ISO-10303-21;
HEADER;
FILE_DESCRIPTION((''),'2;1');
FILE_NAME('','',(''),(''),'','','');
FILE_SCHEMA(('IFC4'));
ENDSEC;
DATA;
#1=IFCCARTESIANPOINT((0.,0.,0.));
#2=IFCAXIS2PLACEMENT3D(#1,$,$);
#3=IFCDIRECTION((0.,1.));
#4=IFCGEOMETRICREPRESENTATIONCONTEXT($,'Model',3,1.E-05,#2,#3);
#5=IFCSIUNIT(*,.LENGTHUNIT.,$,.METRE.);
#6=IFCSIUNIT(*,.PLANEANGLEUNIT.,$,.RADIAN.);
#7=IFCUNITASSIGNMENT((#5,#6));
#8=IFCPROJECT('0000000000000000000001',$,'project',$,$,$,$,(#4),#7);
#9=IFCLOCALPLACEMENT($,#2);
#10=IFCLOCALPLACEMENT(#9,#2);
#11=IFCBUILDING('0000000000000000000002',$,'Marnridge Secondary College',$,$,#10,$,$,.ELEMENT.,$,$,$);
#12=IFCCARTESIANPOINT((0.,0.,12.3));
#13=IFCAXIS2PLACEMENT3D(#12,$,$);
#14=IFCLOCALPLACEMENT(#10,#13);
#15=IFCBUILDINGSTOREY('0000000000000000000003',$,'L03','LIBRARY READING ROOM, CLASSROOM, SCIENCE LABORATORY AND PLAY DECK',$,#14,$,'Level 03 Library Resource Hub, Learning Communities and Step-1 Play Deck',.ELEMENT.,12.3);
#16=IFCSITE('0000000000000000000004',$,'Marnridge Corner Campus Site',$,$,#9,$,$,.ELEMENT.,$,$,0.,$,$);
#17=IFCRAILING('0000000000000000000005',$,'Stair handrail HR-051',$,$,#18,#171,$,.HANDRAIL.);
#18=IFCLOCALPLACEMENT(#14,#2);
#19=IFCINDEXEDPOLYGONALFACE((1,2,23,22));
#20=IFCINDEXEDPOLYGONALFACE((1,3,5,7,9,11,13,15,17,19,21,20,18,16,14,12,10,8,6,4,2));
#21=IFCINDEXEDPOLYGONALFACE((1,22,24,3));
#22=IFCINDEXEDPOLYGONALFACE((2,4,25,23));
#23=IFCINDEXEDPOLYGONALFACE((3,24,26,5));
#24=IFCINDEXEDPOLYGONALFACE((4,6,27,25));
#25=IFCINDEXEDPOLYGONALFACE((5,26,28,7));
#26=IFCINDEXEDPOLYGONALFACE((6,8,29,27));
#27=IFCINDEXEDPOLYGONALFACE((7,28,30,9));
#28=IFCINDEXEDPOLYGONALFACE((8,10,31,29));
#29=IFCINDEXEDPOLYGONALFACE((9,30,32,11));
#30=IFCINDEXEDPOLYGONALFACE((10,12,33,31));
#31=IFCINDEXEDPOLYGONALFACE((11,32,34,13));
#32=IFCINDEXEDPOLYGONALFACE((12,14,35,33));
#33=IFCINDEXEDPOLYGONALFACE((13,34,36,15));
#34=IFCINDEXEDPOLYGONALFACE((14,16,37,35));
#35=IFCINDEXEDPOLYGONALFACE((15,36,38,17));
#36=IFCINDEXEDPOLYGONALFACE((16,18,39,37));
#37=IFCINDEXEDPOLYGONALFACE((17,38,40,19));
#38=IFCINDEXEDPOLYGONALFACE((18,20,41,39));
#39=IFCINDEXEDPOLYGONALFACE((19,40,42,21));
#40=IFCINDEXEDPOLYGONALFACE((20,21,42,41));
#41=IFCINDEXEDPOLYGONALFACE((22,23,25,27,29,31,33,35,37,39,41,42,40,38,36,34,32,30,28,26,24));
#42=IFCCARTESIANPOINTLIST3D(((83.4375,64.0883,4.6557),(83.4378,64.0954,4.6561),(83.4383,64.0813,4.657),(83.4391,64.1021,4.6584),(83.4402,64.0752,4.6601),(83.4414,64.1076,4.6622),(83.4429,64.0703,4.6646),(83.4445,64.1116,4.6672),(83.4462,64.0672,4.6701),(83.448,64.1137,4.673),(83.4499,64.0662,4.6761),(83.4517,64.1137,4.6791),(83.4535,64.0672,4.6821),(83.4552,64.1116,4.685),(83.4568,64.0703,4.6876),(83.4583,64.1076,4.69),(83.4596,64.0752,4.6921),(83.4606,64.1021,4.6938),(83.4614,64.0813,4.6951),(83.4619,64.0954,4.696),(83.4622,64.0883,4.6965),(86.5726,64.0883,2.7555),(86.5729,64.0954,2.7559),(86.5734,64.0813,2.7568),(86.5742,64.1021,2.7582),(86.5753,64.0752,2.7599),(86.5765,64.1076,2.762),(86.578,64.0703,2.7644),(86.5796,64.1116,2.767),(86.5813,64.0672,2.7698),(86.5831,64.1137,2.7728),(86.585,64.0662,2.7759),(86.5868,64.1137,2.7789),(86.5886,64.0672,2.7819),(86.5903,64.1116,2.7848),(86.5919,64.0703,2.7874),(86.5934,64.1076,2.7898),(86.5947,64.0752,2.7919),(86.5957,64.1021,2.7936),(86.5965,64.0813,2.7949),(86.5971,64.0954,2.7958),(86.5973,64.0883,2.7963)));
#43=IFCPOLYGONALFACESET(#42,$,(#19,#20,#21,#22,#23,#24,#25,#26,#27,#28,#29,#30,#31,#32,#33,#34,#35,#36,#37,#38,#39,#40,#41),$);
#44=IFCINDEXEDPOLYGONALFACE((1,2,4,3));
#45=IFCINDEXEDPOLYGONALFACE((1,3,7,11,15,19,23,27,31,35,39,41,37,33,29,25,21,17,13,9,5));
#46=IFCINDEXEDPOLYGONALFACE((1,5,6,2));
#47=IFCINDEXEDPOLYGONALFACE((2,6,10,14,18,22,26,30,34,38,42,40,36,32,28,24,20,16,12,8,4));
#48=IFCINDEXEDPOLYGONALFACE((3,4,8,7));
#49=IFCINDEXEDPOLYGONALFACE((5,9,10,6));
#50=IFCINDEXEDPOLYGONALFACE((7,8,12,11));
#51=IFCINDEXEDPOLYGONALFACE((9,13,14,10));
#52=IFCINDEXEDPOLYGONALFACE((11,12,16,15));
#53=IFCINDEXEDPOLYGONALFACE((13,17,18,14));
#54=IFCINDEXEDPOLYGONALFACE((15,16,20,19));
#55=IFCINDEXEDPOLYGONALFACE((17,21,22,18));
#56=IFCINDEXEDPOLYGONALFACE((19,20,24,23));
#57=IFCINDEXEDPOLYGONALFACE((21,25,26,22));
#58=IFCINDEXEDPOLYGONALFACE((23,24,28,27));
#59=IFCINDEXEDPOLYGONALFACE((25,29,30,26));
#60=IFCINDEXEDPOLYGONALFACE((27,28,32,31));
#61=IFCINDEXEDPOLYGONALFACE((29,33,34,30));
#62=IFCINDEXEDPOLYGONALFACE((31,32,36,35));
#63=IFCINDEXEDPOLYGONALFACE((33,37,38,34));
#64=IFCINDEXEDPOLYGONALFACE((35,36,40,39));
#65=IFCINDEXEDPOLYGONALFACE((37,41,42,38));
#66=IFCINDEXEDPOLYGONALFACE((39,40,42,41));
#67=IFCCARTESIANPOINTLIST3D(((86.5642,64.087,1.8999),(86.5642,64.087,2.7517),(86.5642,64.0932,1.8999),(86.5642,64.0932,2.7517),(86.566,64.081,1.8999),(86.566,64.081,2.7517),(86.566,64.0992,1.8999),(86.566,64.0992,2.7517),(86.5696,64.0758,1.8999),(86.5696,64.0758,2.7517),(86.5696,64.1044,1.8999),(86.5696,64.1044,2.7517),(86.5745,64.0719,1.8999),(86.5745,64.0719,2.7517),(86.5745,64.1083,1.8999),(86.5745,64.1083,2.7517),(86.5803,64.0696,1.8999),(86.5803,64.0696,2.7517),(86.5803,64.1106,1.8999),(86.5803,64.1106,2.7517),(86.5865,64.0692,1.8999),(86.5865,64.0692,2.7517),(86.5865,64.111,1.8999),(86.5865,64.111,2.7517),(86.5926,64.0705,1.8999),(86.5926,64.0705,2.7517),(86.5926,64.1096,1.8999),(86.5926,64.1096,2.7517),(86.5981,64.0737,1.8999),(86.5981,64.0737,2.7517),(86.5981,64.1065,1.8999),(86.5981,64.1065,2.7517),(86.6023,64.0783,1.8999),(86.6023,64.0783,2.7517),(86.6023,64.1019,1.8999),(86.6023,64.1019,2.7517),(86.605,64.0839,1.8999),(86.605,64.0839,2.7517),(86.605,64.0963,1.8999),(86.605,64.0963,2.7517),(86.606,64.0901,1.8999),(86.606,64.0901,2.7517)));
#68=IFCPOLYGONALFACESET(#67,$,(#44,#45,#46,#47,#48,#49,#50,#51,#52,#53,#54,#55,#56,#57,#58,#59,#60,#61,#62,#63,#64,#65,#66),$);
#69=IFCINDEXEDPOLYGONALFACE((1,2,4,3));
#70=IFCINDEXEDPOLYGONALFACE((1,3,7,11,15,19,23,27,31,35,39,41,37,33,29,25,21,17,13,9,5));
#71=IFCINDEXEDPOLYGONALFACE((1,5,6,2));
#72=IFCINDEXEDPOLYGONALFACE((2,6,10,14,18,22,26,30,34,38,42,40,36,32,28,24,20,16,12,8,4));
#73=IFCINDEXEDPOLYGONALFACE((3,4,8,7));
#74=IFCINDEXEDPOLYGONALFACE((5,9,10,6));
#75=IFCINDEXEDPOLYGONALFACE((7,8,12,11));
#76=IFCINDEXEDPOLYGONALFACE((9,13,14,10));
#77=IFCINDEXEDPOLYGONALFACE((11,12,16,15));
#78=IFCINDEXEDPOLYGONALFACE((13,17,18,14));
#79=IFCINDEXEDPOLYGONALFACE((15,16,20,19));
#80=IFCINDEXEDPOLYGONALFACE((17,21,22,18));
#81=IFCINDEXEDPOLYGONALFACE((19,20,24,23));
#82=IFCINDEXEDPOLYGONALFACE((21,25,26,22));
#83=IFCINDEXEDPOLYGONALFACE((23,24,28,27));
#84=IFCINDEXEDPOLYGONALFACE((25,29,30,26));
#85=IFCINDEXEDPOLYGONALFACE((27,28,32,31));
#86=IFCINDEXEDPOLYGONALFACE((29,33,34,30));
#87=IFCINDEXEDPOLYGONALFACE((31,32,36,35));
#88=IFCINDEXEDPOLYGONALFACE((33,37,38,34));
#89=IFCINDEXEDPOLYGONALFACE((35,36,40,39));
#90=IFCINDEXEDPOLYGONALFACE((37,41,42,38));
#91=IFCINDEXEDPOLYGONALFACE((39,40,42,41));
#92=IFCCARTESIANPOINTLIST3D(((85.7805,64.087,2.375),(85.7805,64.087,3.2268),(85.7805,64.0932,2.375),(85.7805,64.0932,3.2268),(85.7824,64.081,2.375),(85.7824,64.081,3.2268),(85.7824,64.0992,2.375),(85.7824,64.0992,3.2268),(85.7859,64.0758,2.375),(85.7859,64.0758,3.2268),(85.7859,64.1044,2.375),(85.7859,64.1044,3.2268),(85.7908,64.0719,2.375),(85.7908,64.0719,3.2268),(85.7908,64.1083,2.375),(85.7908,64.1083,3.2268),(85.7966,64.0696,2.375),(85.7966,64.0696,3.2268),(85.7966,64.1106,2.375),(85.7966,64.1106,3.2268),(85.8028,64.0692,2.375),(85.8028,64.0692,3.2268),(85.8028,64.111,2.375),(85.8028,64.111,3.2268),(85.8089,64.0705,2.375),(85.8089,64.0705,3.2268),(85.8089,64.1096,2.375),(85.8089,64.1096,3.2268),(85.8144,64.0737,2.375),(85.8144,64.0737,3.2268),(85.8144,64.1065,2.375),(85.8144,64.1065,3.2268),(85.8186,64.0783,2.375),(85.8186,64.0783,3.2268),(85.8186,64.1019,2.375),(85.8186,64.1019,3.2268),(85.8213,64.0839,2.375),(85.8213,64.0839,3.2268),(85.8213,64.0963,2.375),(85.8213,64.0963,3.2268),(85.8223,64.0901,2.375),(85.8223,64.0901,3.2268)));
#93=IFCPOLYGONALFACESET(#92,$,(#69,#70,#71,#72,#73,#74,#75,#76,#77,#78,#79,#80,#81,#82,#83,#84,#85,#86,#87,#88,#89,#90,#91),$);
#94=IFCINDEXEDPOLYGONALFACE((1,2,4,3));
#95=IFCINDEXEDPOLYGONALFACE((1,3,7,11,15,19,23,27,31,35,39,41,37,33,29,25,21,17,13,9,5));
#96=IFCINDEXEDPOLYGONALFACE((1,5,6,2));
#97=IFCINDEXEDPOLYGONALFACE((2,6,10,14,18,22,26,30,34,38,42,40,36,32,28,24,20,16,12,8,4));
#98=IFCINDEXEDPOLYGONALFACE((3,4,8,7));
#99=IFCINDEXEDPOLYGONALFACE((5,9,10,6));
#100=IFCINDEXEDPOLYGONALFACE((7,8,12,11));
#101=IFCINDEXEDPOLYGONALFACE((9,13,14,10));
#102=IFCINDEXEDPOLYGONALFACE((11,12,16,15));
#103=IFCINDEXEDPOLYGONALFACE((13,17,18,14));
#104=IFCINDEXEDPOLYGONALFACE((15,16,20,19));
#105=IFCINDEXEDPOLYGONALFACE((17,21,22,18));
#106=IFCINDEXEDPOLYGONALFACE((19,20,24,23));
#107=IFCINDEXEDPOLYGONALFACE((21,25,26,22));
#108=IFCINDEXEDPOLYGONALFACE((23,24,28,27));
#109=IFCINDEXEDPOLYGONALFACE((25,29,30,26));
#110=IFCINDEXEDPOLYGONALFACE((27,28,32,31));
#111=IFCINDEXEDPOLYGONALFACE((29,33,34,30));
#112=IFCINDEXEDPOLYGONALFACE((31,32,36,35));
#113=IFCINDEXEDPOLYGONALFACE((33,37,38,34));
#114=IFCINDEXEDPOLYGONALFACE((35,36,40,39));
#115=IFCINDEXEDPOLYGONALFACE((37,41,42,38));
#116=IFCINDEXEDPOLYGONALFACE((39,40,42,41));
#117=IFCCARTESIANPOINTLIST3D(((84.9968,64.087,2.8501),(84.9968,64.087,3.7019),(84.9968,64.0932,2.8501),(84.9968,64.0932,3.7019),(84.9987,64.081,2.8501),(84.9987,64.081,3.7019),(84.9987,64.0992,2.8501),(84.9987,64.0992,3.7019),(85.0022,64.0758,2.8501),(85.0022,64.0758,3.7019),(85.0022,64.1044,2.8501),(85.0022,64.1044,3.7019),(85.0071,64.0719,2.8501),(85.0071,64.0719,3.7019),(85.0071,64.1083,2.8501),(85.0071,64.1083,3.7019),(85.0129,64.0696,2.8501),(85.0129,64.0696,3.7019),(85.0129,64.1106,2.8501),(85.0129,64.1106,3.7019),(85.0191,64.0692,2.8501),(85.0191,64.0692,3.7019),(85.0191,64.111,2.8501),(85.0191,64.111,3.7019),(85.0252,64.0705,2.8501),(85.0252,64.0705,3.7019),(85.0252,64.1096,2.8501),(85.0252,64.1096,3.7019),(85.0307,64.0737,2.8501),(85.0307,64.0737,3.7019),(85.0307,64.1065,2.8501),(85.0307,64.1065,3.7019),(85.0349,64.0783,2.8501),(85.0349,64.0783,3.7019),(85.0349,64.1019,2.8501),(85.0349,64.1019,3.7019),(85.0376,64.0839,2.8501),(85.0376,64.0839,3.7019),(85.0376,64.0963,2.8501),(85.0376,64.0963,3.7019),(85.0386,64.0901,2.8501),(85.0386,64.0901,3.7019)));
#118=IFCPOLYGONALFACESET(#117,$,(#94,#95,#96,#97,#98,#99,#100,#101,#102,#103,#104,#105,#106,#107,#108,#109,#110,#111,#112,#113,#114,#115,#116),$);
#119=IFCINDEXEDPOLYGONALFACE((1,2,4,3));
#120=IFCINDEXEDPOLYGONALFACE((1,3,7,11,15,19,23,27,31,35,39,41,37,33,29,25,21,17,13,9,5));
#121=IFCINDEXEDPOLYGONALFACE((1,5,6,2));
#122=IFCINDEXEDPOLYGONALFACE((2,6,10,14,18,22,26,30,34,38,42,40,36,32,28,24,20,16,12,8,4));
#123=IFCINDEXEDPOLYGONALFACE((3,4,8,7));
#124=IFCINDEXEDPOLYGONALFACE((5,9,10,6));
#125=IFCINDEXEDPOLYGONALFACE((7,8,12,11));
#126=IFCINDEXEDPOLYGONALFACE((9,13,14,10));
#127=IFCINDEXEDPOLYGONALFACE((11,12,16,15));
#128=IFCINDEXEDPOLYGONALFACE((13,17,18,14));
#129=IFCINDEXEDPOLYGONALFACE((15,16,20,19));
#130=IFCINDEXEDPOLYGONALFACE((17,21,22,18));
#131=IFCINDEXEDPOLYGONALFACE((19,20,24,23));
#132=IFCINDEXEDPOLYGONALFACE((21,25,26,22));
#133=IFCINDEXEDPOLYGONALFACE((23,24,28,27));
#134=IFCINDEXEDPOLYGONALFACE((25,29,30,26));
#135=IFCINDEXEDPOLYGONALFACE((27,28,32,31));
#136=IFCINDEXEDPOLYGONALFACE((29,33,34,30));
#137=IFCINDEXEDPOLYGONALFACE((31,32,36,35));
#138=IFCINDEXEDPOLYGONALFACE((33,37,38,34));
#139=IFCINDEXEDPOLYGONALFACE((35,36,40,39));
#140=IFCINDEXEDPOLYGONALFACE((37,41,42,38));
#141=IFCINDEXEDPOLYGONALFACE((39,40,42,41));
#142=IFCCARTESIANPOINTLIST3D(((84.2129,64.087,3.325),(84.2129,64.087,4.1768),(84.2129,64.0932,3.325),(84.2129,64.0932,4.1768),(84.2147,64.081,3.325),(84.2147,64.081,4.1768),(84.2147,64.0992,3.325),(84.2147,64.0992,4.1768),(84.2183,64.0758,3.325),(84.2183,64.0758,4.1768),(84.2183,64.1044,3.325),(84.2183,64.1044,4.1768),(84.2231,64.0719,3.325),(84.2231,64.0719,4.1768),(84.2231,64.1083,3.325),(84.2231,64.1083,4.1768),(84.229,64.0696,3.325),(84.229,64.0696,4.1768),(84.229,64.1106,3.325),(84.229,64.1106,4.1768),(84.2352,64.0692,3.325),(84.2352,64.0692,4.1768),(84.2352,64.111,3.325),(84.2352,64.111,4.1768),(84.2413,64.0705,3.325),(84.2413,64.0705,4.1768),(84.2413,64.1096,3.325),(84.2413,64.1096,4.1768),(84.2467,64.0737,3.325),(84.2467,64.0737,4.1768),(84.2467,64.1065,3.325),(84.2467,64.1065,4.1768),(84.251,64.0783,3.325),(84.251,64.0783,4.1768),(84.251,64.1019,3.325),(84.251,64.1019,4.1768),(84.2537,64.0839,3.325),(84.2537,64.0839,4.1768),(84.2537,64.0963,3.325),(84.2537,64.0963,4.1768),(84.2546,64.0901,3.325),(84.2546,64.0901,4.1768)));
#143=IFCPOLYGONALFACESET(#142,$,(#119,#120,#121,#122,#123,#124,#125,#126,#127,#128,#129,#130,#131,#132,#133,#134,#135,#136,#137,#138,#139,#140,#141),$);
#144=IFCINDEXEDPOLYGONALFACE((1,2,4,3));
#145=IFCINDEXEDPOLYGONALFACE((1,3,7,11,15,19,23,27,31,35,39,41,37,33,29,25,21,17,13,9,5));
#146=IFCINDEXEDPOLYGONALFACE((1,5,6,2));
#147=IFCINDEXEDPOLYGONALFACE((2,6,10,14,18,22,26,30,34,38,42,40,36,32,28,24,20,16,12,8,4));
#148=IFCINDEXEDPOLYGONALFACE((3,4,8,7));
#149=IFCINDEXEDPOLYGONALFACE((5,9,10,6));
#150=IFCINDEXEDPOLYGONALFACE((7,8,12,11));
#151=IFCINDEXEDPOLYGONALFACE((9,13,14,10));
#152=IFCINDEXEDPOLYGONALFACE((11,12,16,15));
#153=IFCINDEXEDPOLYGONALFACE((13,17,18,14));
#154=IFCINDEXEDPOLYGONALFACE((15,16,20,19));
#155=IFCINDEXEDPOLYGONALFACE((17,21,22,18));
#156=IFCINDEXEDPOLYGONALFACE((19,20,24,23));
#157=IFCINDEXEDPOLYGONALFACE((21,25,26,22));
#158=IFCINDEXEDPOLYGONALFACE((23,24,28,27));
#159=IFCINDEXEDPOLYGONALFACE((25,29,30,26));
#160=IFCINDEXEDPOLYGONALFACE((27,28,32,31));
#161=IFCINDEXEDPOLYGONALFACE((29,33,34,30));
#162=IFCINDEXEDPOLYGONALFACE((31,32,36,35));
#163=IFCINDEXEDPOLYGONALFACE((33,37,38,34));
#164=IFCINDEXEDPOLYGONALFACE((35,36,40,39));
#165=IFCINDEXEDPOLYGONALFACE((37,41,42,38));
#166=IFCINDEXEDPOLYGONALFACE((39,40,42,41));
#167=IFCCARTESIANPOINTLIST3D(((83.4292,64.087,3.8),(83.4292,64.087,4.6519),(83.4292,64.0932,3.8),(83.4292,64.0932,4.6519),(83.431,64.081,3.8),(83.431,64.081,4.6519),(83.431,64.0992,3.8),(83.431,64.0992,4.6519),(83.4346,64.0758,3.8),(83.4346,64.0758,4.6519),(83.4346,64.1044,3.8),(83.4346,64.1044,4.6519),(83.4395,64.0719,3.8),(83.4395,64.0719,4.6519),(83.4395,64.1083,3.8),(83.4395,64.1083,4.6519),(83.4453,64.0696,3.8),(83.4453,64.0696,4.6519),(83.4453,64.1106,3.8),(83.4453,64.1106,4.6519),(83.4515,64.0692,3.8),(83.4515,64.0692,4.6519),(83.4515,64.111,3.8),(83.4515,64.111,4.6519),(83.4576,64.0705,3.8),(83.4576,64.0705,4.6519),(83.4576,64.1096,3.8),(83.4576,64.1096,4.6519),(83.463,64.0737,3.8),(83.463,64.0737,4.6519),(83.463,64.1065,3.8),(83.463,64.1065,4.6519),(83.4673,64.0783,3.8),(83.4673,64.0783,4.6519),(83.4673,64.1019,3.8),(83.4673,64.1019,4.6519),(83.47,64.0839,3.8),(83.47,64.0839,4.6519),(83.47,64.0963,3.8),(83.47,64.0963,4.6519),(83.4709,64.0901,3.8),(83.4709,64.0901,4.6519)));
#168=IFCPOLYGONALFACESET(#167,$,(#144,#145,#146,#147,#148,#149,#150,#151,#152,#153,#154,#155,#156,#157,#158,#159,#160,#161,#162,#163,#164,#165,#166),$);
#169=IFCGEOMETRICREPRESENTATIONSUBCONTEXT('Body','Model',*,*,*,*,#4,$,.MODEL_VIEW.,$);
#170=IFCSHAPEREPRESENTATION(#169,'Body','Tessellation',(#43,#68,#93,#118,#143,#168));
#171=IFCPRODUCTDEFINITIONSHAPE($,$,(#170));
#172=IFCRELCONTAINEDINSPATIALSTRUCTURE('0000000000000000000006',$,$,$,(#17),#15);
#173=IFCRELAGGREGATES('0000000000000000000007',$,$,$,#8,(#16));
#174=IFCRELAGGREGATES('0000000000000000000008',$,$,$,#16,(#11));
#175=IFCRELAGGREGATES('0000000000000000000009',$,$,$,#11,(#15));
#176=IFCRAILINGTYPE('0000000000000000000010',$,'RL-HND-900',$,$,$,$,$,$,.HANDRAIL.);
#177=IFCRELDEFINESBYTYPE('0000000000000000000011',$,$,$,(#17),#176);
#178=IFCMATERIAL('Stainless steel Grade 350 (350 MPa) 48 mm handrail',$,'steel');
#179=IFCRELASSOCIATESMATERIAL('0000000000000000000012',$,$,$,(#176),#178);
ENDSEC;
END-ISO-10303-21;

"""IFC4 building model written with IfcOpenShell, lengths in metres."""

from ifc_helpers import new_model, si_unit, direction, frame, origin, origin_2d, place, context, subcontext, project, spatial, circle, extrude, material, type_object, element, save


model = new_model("IFC4")

# Units and contexts
model_context = context("Model", 3, precision=1e-05, world=origin(), true_north=direction((0.0, 1.0)))
body_context = subcontext(model_context, "Body", "Model", "MODEL_VIEW")
ifc_project = project(units=[si_unit("LENGTHUNIT", "METRE"), si_unit("PLANEANGLEUNIT", "RADIAN")], contexts=[model_context])

# Site, building, storey
site_placement = place(None, origin())
site = spatial("IfcSite", under=ifc_project, at=site_placement, Name="Marnridge Corner Campus Site", CompositionType="ELEMENT", RefElevation=0.0)
building_placement = place(site_placement, origin())
building = spatial("IfcBuilding", under=site, at=building_placement, Name="Marnridge Secondary College", CompositionType="ELEMENT")
storey_placement = place(building_placement, frame((0.0, 0.0, 12.3)))
storey = spatial("IfcBuildingStorey", under=building, at=storey_placement, Name="L03", Description="LIBRARY READING ROOM, CLASSROOM, SCIENCE LABORATORY AND PLAY DECK", LongName="Level 03 Library Resource Hub, Learning Communities and Step-1 Play Deck", CompositionType="ELEMENT", Elevation=12.3)

# Railing
ifc_material_1 = material(Name="Stainless steel Grade 350 (350 MPa) 48 mm handrail", Category="steel")
railing_type_1 = type_object("IfcRailingType", Name="RL-HND-900", PredefinedType="HANDRAIL", material=ifc_material_1)
railing_1_placement = place(storey_placement, frame((86.585, 64.0901, 1.8999)))
element("IfcRailing", 1, at=railing_1_placement, inside=storey, type_object=railing_type_1, Name="Stair handrail HR-051", PredefinedType="HANDRAIL", context=body_context, shape_type="SweptSolid", body=[
    extrude(circle(Radius=0.0239, at=origin_2d()), frame((0.0, 0.0, 0.876), z_axis=(-0.855181, 0.0, 0.51833), x_axis=(0.0, -1.0, 0.0)), (0.0, 0.0, 1.0), 3.666),
    extrude(circle(Radius=0.021, at=origin_2d()), origin(), (0.0, 0.0, 1.0), 0.8518),
    extrude(circle(Radius=0.021, at=origin_2d()), frame((-0.7837, 0.0, 0.4751)), (0.0, 0.0, 1.0), 0.8518),
    extrude(circle(Radius=0.021, at=origin_2d()), frame((-1.5674, 0.0, 0.9502)), (0.0, 0.0, 1.0), 0.8518),
    extrude(circle(Radius=0.021, at=origin_2d()), frame((-2.3513, 0.0, 1.425)), (0.0, 0.0, 1.0), 0.8518),
    extrude(circle(Radius=0.021, at=origin_2d()), frame((-3.135, 0.0, 1.9001)), (0.0, 0.0, 1.0), 0.8518),
])

save(model, "model.ifc")
